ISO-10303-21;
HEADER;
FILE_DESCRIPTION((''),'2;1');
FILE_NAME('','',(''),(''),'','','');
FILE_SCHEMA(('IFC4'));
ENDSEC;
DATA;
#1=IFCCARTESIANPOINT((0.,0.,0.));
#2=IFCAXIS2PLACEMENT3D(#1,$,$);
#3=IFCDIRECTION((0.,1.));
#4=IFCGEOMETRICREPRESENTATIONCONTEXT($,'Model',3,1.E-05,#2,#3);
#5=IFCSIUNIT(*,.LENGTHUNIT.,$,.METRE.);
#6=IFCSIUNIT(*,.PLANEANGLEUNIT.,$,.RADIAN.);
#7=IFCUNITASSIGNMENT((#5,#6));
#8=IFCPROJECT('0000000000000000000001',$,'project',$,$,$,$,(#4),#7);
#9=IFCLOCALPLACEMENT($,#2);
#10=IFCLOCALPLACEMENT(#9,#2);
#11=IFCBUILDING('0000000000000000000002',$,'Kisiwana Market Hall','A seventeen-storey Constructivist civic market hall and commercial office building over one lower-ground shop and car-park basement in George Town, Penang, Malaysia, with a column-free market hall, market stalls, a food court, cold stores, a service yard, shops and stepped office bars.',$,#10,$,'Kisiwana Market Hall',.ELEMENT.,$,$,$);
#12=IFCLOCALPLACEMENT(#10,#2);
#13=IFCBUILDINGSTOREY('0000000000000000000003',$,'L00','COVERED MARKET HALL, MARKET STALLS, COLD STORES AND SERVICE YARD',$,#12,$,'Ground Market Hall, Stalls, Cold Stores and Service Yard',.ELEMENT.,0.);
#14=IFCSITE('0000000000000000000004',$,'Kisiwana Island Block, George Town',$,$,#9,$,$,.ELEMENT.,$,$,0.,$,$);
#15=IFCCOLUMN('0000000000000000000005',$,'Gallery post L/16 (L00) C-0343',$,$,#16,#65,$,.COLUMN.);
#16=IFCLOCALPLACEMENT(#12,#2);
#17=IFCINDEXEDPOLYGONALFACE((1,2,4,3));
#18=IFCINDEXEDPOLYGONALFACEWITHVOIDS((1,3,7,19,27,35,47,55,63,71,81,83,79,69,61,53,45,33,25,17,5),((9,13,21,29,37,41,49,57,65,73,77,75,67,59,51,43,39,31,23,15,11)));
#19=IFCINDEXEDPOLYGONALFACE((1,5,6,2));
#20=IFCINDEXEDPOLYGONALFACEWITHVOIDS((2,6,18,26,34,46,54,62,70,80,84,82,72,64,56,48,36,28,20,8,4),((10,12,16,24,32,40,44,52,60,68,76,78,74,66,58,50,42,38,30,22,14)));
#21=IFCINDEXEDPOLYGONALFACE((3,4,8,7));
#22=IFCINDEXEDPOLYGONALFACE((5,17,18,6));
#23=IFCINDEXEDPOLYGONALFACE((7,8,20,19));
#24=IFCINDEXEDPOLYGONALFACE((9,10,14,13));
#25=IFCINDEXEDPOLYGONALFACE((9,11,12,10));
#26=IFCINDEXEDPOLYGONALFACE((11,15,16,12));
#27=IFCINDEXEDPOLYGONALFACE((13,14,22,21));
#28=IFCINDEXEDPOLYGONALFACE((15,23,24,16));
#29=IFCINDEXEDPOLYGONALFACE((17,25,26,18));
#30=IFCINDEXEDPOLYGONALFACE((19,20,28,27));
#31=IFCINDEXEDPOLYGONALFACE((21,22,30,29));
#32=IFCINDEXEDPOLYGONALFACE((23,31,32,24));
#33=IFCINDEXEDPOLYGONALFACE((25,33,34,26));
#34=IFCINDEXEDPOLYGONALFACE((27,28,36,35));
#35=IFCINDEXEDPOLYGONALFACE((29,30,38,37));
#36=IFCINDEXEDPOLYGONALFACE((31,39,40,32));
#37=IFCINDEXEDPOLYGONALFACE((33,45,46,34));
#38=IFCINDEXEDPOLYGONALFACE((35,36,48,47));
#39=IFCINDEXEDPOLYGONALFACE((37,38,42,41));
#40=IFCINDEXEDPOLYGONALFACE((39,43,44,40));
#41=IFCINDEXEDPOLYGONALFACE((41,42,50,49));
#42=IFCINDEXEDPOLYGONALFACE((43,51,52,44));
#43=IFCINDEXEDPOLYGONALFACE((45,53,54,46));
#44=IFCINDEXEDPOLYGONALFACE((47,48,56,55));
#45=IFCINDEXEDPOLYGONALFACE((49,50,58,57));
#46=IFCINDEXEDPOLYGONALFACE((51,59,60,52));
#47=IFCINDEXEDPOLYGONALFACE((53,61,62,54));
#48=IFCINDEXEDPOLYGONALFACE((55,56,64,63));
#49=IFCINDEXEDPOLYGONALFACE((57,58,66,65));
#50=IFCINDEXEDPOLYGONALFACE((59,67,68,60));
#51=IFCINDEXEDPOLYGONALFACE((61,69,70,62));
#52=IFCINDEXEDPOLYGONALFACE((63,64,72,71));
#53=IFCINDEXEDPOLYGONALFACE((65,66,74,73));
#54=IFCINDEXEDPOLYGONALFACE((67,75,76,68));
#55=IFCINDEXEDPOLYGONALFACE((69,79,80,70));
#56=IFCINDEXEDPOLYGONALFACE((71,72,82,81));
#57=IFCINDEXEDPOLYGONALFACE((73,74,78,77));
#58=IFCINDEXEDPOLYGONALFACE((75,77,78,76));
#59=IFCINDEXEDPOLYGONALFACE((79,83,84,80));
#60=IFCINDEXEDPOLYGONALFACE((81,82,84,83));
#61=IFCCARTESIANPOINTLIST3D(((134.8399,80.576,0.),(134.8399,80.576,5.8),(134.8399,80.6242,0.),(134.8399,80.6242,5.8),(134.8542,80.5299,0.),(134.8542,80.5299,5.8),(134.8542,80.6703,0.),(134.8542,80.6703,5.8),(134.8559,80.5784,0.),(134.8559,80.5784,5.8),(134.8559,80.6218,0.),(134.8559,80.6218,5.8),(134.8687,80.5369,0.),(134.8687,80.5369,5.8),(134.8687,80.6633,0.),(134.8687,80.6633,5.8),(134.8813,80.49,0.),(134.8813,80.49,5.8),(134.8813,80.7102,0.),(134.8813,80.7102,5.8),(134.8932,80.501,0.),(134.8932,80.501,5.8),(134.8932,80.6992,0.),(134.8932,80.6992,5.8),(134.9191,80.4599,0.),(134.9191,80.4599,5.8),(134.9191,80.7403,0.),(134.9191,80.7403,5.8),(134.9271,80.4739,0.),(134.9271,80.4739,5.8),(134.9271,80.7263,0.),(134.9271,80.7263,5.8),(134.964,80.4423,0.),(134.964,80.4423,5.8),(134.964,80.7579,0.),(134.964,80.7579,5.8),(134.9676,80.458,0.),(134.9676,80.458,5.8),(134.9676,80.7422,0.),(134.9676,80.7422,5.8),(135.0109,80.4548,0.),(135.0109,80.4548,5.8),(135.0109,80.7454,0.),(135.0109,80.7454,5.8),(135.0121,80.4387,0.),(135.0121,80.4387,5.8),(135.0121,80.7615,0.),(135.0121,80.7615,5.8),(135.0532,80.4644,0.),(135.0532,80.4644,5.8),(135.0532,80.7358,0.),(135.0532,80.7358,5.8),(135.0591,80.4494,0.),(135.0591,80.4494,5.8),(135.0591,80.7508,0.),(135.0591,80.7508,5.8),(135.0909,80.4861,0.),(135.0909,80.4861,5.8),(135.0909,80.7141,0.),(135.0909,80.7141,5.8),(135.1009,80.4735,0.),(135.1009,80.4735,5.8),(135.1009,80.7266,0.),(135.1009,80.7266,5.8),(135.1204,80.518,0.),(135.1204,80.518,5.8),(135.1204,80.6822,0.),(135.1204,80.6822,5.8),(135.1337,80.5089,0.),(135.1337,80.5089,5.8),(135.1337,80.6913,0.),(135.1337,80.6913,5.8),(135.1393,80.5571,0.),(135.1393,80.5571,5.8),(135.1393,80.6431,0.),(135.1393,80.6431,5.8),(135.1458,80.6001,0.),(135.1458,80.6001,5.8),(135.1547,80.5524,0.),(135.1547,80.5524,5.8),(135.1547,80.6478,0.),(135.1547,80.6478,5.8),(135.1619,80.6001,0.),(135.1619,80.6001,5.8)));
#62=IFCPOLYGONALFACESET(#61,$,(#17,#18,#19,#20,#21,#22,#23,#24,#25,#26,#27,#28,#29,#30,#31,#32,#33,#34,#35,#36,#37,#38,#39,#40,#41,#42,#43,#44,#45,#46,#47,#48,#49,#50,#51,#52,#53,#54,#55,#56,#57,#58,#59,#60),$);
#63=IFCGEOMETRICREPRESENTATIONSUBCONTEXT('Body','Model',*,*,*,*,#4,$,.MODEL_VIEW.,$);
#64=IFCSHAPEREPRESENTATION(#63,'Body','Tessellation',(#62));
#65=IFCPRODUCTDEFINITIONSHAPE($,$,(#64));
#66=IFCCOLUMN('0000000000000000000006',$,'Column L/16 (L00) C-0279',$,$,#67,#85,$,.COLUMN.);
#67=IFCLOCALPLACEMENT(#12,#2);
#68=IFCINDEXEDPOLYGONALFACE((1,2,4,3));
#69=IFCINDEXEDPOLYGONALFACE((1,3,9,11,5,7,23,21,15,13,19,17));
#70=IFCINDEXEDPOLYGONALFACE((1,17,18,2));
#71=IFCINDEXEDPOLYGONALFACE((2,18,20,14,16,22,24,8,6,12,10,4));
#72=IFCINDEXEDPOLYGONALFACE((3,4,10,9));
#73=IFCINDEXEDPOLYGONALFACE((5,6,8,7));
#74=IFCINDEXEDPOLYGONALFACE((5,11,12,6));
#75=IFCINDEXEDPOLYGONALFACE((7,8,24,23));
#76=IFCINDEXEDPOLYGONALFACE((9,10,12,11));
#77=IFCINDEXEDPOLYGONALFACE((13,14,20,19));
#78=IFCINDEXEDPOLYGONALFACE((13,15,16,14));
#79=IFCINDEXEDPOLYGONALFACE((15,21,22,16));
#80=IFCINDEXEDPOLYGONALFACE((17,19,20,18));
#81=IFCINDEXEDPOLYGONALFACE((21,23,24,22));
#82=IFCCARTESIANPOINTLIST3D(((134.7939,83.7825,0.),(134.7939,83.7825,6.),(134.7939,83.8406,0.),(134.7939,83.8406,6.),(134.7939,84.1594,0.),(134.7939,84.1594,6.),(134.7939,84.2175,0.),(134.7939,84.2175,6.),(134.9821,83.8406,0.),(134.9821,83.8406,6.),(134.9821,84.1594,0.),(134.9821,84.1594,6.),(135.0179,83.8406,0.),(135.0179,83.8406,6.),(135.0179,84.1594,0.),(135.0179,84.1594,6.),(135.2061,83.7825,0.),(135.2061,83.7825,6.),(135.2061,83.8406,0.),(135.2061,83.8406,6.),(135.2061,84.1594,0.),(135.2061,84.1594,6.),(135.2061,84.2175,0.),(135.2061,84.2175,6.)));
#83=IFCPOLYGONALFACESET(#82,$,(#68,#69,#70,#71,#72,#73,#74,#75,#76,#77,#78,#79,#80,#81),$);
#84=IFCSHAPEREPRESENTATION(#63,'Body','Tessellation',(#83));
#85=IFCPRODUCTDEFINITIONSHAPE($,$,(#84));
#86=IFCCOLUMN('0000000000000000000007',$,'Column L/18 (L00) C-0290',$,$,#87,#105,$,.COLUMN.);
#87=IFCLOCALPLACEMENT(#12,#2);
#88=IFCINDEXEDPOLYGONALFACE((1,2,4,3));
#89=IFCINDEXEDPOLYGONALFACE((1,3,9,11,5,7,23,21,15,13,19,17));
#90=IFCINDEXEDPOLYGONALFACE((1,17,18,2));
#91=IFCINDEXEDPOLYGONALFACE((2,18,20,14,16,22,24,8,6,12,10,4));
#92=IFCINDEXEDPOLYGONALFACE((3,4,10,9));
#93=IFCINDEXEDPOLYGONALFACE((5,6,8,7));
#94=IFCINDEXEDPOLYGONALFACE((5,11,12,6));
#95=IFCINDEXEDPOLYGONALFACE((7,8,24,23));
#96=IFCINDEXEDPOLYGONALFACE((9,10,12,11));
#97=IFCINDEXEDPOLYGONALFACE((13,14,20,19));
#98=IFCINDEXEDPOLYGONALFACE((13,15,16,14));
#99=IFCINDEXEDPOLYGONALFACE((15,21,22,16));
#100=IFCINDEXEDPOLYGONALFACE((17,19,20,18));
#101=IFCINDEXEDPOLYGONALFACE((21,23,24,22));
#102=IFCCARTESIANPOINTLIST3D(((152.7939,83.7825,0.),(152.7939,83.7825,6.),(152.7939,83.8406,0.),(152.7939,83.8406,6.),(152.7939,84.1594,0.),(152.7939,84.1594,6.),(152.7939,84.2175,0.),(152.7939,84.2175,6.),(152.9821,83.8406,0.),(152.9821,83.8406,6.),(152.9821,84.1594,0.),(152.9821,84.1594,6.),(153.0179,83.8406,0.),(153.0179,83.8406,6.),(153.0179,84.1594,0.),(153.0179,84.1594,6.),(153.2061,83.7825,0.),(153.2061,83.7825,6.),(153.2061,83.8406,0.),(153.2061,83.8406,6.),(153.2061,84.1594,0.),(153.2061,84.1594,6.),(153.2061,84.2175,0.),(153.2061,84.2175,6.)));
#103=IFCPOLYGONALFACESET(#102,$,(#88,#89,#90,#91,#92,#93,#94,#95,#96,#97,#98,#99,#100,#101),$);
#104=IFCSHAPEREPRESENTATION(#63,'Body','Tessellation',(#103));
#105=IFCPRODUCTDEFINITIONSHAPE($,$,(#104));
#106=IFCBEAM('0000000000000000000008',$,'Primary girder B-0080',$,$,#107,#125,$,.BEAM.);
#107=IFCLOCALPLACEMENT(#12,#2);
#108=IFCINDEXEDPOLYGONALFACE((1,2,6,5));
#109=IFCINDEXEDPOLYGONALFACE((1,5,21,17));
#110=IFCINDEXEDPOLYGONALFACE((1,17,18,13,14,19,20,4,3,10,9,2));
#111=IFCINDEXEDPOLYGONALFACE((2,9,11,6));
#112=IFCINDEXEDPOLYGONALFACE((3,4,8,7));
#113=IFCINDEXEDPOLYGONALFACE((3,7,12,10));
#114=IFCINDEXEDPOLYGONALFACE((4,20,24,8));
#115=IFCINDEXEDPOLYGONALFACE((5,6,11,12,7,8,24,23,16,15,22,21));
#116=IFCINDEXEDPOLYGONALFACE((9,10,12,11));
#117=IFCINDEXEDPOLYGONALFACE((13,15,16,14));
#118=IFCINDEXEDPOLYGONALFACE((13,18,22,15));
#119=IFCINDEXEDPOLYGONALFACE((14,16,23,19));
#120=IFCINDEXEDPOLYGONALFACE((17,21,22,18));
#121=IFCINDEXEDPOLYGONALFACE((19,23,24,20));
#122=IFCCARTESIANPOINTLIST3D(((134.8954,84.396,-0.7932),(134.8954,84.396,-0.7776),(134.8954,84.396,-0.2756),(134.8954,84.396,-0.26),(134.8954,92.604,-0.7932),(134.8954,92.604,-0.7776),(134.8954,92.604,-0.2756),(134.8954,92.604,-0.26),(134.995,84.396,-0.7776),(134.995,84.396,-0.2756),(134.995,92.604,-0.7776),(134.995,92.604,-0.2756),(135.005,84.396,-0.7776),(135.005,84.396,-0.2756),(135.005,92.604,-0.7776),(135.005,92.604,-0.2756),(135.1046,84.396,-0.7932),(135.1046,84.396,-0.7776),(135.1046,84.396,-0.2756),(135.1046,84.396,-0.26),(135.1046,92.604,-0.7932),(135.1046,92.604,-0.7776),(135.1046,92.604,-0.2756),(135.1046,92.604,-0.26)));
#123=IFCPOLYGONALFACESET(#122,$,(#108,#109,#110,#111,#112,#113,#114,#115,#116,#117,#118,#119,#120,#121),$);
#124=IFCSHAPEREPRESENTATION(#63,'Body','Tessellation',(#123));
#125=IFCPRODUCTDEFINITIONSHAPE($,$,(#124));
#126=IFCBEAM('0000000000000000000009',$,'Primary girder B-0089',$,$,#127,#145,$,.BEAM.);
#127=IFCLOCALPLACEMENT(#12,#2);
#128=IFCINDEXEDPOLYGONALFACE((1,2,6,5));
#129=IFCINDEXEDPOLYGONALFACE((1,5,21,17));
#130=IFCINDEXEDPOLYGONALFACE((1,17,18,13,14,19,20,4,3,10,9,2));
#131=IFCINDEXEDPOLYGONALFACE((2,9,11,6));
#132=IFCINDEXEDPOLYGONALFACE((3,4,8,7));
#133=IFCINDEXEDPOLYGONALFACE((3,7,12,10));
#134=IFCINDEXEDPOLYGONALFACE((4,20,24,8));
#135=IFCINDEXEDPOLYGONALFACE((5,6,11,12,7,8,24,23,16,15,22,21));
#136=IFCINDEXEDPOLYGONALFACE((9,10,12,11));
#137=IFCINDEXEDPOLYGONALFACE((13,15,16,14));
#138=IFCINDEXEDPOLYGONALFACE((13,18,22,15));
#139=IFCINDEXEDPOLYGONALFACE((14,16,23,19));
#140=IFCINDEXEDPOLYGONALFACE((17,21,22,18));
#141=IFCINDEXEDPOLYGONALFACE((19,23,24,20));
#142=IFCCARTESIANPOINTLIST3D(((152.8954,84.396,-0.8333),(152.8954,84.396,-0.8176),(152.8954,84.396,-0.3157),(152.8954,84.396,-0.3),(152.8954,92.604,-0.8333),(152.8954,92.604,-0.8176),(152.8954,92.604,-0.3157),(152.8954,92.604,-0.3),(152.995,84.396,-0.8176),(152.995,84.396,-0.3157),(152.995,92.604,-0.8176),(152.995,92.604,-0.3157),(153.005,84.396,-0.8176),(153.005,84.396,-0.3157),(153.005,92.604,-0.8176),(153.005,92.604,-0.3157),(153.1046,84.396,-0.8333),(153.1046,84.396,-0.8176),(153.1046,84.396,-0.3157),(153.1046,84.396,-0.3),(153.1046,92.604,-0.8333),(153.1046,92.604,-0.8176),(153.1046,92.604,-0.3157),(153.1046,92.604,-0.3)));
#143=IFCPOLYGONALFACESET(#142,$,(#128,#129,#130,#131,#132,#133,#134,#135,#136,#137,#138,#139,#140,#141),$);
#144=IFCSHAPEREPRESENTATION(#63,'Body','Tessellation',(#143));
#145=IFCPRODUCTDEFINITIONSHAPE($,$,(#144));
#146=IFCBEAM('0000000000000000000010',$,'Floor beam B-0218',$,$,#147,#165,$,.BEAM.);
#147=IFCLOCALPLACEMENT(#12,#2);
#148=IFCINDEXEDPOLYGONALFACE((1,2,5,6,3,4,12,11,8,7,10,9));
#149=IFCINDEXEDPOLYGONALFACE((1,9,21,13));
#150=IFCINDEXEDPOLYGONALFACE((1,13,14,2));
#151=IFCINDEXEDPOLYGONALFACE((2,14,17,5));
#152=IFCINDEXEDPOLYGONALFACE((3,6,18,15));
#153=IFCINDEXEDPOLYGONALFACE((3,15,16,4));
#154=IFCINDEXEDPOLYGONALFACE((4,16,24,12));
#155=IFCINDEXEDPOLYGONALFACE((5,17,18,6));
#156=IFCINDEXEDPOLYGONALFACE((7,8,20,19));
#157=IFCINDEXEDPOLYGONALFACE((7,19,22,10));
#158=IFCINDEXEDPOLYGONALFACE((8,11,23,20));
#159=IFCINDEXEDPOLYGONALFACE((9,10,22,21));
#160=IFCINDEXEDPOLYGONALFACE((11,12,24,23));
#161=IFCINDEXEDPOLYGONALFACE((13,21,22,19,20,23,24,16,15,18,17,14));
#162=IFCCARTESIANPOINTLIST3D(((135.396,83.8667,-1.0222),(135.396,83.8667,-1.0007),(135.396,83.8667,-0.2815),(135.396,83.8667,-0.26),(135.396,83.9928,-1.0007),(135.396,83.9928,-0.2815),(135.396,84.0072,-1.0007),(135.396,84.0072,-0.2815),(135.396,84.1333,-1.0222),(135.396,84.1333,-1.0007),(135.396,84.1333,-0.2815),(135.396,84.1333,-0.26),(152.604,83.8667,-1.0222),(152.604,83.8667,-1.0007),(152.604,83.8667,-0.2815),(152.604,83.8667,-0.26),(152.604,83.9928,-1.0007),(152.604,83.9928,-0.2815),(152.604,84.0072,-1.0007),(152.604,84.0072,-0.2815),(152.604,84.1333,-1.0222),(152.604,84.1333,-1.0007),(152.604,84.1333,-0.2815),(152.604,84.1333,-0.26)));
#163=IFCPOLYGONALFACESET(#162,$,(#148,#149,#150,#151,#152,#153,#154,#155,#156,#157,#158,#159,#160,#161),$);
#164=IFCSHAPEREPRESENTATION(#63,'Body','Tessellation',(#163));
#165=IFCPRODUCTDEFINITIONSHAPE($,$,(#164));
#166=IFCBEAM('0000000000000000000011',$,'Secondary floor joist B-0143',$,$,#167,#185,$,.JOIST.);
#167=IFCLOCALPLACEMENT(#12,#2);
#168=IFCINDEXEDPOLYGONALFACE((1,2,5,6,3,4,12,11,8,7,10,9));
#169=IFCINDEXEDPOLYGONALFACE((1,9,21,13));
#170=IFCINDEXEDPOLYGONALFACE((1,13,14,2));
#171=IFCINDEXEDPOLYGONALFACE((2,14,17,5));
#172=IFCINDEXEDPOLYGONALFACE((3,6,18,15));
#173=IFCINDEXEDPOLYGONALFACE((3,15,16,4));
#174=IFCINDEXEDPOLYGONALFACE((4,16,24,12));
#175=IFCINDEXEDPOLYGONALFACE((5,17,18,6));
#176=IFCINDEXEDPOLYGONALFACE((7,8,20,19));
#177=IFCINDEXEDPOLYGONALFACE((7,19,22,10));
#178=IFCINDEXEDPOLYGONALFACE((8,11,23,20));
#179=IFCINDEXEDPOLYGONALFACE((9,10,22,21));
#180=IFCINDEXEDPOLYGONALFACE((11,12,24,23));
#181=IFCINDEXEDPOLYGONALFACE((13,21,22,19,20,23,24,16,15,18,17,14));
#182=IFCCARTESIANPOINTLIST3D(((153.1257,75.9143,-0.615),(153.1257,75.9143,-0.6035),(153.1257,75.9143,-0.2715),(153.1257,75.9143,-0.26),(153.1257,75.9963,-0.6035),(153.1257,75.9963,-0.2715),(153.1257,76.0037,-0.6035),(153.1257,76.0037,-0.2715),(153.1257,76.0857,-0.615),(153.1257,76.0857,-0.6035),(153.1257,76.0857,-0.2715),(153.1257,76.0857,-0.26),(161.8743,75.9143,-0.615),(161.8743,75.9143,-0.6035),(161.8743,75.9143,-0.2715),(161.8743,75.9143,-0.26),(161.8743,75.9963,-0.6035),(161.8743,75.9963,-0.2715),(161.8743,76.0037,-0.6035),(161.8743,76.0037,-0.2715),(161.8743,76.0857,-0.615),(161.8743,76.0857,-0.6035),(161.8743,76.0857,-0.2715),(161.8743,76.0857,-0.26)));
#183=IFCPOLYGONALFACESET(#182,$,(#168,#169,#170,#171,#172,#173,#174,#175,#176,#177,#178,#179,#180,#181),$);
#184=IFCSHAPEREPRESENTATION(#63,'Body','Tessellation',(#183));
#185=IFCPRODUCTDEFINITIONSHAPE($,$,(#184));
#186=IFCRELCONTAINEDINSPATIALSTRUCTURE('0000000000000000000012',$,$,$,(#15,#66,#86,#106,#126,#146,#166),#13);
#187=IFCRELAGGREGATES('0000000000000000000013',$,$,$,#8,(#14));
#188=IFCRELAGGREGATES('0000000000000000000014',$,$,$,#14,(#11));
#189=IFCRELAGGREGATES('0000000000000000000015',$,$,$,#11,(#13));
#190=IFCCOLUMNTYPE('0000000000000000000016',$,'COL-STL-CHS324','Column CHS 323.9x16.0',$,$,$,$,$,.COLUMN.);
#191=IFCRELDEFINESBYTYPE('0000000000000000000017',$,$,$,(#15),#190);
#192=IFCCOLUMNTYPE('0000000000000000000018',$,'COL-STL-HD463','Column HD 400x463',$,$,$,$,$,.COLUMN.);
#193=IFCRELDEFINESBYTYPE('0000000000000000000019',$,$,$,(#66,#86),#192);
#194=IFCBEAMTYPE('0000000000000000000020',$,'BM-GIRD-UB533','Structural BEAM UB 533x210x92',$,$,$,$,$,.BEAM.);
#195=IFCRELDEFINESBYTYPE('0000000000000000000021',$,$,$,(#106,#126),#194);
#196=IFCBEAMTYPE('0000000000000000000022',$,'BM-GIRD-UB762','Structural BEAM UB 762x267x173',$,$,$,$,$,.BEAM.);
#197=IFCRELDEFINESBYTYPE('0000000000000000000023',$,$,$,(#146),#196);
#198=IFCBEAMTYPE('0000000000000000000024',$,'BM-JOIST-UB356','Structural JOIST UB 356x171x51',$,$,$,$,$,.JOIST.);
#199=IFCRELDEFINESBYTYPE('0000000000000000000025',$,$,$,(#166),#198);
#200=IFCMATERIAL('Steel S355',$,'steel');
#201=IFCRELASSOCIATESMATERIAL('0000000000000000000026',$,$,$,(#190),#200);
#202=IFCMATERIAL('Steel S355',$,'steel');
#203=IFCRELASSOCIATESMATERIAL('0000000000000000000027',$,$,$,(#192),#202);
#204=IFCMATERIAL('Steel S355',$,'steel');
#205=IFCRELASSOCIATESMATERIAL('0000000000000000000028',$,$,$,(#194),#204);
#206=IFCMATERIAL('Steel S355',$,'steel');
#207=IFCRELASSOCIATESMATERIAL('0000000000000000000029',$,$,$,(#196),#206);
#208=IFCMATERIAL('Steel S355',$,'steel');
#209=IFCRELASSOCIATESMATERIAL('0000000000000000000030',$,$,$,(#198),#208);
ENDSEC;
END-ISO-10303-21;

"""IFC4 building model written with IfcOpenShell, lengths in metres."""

from ifc_helpers import new_model, si_unit, direction, frame, origin, origin_2d, place, context, subcontext, project, spatial, hollow_circle, i_section, extrude, material, material_profile, profile_set, type_object, element, save


model = new_model("IFC4")

# Units and contexts
model_context = context("Model", 3, precision=1e-05, world=origin(), true_north=direction((0.0, 1.0)))
body_context = subcontext(model_context, "Body", "Model", "MODEL_VIEW")
ifc_project = project(units=[si_unit("LENGTHUNIT", "METRE"), si_unit("PLANEANGLEUNIT", "RADIAN")], contexts=[model_context])

# Site, building, storey
site_placement = place(None, origin())
site = spatial("IfcSite", under=ifc_project, at=site_placement, Name="Kisiwana Island Block, George Town", CompositionType="ELEMENT", RefElevation=0.0)
building_placement = place(site_placement, origin())
building = spatial("IfcBuilding", under=site, at=building_placement, Name="Kisiwana Market Hall", Description="A seventeen-storey Constructivist civic market hall and commercial office building over one lower-ground shop and car-park basement in George Town, Penang, Malaysia, with a column-free market hall, market stalls, a food court, cold stores, a service yard, shops and stepped office bars.", LongName="Kisiwana Market Hall", CompositionType="ELEMENT")
storey_placement = place(building_placement, origin())
storey = spatial("IfcBuildingStorey", under=building, at=storey_placement, Name="L00", Description="COVERED MARKET HALL, MARKET STALLS, COLD STORES AND SERVICE YARD", LongName="Ground Market Hall, Stalls, Cold Stores and Service Yard", CompositionType="ELEMENT", Elevation=0.0)

# Columns
ifc_material_1 = material(Name="Steel S355", Category="steel")
ifc_material_profile_1 = material_profile(ifc_material_1, hollow_circle(Radius=0.1619, WallThickness=0.0161, at=origin_2d()), Name="CHS 323.9x16.0")
ifc_profile_set_1 = profile_set([ifc_material_profile_1], Name="Steel S355")
column_type_1 = type_object("IfcColumnType", Name="COL-STL-CHS324", Description="Column CHS 323.9x16.0", PredefinedType="COLUMN", material=ifc_profile_set_1)
column_placement = place(storey_placement, frame((135.0, 80.6001, 0.0), z_axis=(0.0, 0.0, 1.0), x_axis=(1.0, 0.0, 0.0)))
element("IfcColumn", 1, at=column_placement, inside=storey, type_object=column_type_1, Name="Gallery post L/16 (L00) C-0343", PredefinedType="COLUMN", context=body_context, shape_type="SweptSolid", body=[
    extrude(hollow_circle(Radius=0.1619, WallThickness=0.0161, at=origin_2d()), origin(), (0.0, 0.0, 1.0), 5.8),
])
ifc_material_2 = material(Name="Steel S355", Category="steel")
ifc_material_profile_2 = material_profile(ifc_material_2, i_section(OverallWidth=0.4121, OverallDepth=0.4351, WebThickness=0.0359, FlangeThickness=0.0581, at=origin_2d()), Name="HD 400x463")
ifc_profile_set_2 = profile_set([ifc_material_profile_2], Name="Steel S355")
column_type_2 = type_object("IfcColumnType", Name="COL-STL-HD463", Description="Column HD 400x463", PredefinedType="COLUMN", material=ifc_profile_set_2)
for number, where, z_axis, x_axis, name in (
    (2, (135.0, 84.0, 0.0), (0.0, 0.0, 1.0), (1.0, 0.0, 0.0), "Column L/16 (L00) C-0279"),
    (3, (153.0, 84.0, 0.0), (0.0, 0.0, 1.0), (1.0, 0.0, 0.0), "Column L/18 (L00) C-0290"),
):
    element("IfcColumn", number, at=place(storey_placement, frame(where, z_axis=z_axis, x_axis=x_axis)), inside=storey, type_object=column_type_2, Name=name, PredefinedType="COLUMN", context=body_context, shape_type="SweptSolid", body=[
        extrude(i_section(OverallWidth=0.4121, OverallDepth=0.4351, WebThickness=0.0359, FlangeThickness=0.0581, at=origin_2d()), origin(), (0.0, 0.0, 1.0), 6.0),
    ])

# Beams
ifc_material_3 = material(Name="Steel S355", Category="steel")
ifc_material_profile_3 = material_profile(ifc_material_3, i_section(OverallWidth=0.2092, OverallDepth=0.5332, WebThickness=0.01, FlangeThickness=0.0156, at=origin_2d()), Name="UB 533x210x92")
ifc_profile_set_3 = profile_set([ifc_material_profile_3], Name="Steel S355")
beam_type_1 = type_object("IfcBeamType", Name="BM-GIRD-UB533", Description="Structural BEAM UB 533x210x92", PredefinedType="BEAM", material=ifc_profile_set_3)
for number, where, z_axis, x_axis, name in (
    (4, (135.0, 84.396, -0.5266), (0.0, 1.0, 0.0), (-1.0, 0.0, 0.0), "Primary girder B-0080"),
    (5, (153.0, 84.396, -0.5667), (0.0, 1.0, 0.0), (-1.0, 0.0, 0.0), "Primary girder B-0089"),
):
    element("IfcBeam", number, at=place(storey_placement, frame(where, z_axis=z_axis, x_axis=x_axis)), inside=storey, type_object=beam_type_1, Name=name, PredefinedType="BEAM", context=body_context, shape_type="SweptSolid", body=[
        extrude(i_section(OverallWidth=0.2092, OverallDepth=0.5332, WebThickness=0.01, FlangeThickness=0.0156, at=origin_2d()), origin(), (0.0, 0.0, 1.0), 8.208),
    ])
ifc_material_4 = material(Name="Steel S355", Category="steel")
ifc_material_profile_4 = material_profile(ifc_material_4, i_section(OverallWidth=0.2666, OverallDepth=0.7622, WebThickness=0.0144, FlangeThickness=0.0215, at=origin_2d()), Name="UB 762x267x173")
ifc_profile_set_4 = profile_set([ifc_material_profile_4], Name="Steel S355")
beam_type_2 = type_object("IfcBeamType", Name="BM-GIRD-UB762", Description="Structural BEAM UB 762x267x173", PredefinedType="BEAM", material=ifc_profile_set_4)
beam_1_placement = place(storey_placement, frame((135.396, 84.0, -0.6411), z_axis=(1.0, 0.0, 0.0), x_axis=(0.0, 1.0, 0.0)))
element("IfcBeam", 6, at=beam_1_placement, inside=storey, type_object=beam_type_2, Name="Floor beam B-0218", PredefinedType="BEAM", context=body_context, shape_type="SweptSolid", body=[
    extrude(i_section(OverallWidth=0.2666, OverallDepth=0.7622, WebThickness=0.0144, FlangeThickness=0.0215, at=origin_2d()), origin(), (0.0, 0.0, 1.0), 17.208),
])
ifc_material_5 = material(Name="Steel S355", Category="steel")
ifc_material_profile_5 = material_profile(ifc_material_5, i_section(OverallWidth=0.1714, OverallDepth=0.355, WebThickness=0.0073, FlangeThickness=0.0115, at=origin_2d()), Name="UB 356x171x51")
ifc_profile_set_5 = profile_set([ifc_material_profile_5], Name="Steel S355")
beam_type_3 = type_object("IfcBeamType", Name="BM-JOIST-UB356", Description="Structural JOIST UB 356x171x51", PredefinedType="JOIST", material=ifc_profile_set_5)
beam_2_placement = place(storey_placement, frame((153.1257, 76.0, -0.4375), z_axis=(1.0, 0.0, 0.0), x_axis=(0.0, 1.0, 0.0)))
element("IfcBeam", 7, at=beam_2_placement, inside=storey, type_object=beam_type_3, Name="Secondary floor joist B-0143", PredefinedType="JOIST", context=body_context, shape_type="SweptSolid", body=[
    extrude(i_section(OverallWidth=0.1714, OverallDepth=0.355, WebThickness=0.0073, FlangeThickness=0.0115, at=origin_2d()), origin(), (0.0, 0.0, 1.0), 8.7485),
])

save(model, "model.ifc")
